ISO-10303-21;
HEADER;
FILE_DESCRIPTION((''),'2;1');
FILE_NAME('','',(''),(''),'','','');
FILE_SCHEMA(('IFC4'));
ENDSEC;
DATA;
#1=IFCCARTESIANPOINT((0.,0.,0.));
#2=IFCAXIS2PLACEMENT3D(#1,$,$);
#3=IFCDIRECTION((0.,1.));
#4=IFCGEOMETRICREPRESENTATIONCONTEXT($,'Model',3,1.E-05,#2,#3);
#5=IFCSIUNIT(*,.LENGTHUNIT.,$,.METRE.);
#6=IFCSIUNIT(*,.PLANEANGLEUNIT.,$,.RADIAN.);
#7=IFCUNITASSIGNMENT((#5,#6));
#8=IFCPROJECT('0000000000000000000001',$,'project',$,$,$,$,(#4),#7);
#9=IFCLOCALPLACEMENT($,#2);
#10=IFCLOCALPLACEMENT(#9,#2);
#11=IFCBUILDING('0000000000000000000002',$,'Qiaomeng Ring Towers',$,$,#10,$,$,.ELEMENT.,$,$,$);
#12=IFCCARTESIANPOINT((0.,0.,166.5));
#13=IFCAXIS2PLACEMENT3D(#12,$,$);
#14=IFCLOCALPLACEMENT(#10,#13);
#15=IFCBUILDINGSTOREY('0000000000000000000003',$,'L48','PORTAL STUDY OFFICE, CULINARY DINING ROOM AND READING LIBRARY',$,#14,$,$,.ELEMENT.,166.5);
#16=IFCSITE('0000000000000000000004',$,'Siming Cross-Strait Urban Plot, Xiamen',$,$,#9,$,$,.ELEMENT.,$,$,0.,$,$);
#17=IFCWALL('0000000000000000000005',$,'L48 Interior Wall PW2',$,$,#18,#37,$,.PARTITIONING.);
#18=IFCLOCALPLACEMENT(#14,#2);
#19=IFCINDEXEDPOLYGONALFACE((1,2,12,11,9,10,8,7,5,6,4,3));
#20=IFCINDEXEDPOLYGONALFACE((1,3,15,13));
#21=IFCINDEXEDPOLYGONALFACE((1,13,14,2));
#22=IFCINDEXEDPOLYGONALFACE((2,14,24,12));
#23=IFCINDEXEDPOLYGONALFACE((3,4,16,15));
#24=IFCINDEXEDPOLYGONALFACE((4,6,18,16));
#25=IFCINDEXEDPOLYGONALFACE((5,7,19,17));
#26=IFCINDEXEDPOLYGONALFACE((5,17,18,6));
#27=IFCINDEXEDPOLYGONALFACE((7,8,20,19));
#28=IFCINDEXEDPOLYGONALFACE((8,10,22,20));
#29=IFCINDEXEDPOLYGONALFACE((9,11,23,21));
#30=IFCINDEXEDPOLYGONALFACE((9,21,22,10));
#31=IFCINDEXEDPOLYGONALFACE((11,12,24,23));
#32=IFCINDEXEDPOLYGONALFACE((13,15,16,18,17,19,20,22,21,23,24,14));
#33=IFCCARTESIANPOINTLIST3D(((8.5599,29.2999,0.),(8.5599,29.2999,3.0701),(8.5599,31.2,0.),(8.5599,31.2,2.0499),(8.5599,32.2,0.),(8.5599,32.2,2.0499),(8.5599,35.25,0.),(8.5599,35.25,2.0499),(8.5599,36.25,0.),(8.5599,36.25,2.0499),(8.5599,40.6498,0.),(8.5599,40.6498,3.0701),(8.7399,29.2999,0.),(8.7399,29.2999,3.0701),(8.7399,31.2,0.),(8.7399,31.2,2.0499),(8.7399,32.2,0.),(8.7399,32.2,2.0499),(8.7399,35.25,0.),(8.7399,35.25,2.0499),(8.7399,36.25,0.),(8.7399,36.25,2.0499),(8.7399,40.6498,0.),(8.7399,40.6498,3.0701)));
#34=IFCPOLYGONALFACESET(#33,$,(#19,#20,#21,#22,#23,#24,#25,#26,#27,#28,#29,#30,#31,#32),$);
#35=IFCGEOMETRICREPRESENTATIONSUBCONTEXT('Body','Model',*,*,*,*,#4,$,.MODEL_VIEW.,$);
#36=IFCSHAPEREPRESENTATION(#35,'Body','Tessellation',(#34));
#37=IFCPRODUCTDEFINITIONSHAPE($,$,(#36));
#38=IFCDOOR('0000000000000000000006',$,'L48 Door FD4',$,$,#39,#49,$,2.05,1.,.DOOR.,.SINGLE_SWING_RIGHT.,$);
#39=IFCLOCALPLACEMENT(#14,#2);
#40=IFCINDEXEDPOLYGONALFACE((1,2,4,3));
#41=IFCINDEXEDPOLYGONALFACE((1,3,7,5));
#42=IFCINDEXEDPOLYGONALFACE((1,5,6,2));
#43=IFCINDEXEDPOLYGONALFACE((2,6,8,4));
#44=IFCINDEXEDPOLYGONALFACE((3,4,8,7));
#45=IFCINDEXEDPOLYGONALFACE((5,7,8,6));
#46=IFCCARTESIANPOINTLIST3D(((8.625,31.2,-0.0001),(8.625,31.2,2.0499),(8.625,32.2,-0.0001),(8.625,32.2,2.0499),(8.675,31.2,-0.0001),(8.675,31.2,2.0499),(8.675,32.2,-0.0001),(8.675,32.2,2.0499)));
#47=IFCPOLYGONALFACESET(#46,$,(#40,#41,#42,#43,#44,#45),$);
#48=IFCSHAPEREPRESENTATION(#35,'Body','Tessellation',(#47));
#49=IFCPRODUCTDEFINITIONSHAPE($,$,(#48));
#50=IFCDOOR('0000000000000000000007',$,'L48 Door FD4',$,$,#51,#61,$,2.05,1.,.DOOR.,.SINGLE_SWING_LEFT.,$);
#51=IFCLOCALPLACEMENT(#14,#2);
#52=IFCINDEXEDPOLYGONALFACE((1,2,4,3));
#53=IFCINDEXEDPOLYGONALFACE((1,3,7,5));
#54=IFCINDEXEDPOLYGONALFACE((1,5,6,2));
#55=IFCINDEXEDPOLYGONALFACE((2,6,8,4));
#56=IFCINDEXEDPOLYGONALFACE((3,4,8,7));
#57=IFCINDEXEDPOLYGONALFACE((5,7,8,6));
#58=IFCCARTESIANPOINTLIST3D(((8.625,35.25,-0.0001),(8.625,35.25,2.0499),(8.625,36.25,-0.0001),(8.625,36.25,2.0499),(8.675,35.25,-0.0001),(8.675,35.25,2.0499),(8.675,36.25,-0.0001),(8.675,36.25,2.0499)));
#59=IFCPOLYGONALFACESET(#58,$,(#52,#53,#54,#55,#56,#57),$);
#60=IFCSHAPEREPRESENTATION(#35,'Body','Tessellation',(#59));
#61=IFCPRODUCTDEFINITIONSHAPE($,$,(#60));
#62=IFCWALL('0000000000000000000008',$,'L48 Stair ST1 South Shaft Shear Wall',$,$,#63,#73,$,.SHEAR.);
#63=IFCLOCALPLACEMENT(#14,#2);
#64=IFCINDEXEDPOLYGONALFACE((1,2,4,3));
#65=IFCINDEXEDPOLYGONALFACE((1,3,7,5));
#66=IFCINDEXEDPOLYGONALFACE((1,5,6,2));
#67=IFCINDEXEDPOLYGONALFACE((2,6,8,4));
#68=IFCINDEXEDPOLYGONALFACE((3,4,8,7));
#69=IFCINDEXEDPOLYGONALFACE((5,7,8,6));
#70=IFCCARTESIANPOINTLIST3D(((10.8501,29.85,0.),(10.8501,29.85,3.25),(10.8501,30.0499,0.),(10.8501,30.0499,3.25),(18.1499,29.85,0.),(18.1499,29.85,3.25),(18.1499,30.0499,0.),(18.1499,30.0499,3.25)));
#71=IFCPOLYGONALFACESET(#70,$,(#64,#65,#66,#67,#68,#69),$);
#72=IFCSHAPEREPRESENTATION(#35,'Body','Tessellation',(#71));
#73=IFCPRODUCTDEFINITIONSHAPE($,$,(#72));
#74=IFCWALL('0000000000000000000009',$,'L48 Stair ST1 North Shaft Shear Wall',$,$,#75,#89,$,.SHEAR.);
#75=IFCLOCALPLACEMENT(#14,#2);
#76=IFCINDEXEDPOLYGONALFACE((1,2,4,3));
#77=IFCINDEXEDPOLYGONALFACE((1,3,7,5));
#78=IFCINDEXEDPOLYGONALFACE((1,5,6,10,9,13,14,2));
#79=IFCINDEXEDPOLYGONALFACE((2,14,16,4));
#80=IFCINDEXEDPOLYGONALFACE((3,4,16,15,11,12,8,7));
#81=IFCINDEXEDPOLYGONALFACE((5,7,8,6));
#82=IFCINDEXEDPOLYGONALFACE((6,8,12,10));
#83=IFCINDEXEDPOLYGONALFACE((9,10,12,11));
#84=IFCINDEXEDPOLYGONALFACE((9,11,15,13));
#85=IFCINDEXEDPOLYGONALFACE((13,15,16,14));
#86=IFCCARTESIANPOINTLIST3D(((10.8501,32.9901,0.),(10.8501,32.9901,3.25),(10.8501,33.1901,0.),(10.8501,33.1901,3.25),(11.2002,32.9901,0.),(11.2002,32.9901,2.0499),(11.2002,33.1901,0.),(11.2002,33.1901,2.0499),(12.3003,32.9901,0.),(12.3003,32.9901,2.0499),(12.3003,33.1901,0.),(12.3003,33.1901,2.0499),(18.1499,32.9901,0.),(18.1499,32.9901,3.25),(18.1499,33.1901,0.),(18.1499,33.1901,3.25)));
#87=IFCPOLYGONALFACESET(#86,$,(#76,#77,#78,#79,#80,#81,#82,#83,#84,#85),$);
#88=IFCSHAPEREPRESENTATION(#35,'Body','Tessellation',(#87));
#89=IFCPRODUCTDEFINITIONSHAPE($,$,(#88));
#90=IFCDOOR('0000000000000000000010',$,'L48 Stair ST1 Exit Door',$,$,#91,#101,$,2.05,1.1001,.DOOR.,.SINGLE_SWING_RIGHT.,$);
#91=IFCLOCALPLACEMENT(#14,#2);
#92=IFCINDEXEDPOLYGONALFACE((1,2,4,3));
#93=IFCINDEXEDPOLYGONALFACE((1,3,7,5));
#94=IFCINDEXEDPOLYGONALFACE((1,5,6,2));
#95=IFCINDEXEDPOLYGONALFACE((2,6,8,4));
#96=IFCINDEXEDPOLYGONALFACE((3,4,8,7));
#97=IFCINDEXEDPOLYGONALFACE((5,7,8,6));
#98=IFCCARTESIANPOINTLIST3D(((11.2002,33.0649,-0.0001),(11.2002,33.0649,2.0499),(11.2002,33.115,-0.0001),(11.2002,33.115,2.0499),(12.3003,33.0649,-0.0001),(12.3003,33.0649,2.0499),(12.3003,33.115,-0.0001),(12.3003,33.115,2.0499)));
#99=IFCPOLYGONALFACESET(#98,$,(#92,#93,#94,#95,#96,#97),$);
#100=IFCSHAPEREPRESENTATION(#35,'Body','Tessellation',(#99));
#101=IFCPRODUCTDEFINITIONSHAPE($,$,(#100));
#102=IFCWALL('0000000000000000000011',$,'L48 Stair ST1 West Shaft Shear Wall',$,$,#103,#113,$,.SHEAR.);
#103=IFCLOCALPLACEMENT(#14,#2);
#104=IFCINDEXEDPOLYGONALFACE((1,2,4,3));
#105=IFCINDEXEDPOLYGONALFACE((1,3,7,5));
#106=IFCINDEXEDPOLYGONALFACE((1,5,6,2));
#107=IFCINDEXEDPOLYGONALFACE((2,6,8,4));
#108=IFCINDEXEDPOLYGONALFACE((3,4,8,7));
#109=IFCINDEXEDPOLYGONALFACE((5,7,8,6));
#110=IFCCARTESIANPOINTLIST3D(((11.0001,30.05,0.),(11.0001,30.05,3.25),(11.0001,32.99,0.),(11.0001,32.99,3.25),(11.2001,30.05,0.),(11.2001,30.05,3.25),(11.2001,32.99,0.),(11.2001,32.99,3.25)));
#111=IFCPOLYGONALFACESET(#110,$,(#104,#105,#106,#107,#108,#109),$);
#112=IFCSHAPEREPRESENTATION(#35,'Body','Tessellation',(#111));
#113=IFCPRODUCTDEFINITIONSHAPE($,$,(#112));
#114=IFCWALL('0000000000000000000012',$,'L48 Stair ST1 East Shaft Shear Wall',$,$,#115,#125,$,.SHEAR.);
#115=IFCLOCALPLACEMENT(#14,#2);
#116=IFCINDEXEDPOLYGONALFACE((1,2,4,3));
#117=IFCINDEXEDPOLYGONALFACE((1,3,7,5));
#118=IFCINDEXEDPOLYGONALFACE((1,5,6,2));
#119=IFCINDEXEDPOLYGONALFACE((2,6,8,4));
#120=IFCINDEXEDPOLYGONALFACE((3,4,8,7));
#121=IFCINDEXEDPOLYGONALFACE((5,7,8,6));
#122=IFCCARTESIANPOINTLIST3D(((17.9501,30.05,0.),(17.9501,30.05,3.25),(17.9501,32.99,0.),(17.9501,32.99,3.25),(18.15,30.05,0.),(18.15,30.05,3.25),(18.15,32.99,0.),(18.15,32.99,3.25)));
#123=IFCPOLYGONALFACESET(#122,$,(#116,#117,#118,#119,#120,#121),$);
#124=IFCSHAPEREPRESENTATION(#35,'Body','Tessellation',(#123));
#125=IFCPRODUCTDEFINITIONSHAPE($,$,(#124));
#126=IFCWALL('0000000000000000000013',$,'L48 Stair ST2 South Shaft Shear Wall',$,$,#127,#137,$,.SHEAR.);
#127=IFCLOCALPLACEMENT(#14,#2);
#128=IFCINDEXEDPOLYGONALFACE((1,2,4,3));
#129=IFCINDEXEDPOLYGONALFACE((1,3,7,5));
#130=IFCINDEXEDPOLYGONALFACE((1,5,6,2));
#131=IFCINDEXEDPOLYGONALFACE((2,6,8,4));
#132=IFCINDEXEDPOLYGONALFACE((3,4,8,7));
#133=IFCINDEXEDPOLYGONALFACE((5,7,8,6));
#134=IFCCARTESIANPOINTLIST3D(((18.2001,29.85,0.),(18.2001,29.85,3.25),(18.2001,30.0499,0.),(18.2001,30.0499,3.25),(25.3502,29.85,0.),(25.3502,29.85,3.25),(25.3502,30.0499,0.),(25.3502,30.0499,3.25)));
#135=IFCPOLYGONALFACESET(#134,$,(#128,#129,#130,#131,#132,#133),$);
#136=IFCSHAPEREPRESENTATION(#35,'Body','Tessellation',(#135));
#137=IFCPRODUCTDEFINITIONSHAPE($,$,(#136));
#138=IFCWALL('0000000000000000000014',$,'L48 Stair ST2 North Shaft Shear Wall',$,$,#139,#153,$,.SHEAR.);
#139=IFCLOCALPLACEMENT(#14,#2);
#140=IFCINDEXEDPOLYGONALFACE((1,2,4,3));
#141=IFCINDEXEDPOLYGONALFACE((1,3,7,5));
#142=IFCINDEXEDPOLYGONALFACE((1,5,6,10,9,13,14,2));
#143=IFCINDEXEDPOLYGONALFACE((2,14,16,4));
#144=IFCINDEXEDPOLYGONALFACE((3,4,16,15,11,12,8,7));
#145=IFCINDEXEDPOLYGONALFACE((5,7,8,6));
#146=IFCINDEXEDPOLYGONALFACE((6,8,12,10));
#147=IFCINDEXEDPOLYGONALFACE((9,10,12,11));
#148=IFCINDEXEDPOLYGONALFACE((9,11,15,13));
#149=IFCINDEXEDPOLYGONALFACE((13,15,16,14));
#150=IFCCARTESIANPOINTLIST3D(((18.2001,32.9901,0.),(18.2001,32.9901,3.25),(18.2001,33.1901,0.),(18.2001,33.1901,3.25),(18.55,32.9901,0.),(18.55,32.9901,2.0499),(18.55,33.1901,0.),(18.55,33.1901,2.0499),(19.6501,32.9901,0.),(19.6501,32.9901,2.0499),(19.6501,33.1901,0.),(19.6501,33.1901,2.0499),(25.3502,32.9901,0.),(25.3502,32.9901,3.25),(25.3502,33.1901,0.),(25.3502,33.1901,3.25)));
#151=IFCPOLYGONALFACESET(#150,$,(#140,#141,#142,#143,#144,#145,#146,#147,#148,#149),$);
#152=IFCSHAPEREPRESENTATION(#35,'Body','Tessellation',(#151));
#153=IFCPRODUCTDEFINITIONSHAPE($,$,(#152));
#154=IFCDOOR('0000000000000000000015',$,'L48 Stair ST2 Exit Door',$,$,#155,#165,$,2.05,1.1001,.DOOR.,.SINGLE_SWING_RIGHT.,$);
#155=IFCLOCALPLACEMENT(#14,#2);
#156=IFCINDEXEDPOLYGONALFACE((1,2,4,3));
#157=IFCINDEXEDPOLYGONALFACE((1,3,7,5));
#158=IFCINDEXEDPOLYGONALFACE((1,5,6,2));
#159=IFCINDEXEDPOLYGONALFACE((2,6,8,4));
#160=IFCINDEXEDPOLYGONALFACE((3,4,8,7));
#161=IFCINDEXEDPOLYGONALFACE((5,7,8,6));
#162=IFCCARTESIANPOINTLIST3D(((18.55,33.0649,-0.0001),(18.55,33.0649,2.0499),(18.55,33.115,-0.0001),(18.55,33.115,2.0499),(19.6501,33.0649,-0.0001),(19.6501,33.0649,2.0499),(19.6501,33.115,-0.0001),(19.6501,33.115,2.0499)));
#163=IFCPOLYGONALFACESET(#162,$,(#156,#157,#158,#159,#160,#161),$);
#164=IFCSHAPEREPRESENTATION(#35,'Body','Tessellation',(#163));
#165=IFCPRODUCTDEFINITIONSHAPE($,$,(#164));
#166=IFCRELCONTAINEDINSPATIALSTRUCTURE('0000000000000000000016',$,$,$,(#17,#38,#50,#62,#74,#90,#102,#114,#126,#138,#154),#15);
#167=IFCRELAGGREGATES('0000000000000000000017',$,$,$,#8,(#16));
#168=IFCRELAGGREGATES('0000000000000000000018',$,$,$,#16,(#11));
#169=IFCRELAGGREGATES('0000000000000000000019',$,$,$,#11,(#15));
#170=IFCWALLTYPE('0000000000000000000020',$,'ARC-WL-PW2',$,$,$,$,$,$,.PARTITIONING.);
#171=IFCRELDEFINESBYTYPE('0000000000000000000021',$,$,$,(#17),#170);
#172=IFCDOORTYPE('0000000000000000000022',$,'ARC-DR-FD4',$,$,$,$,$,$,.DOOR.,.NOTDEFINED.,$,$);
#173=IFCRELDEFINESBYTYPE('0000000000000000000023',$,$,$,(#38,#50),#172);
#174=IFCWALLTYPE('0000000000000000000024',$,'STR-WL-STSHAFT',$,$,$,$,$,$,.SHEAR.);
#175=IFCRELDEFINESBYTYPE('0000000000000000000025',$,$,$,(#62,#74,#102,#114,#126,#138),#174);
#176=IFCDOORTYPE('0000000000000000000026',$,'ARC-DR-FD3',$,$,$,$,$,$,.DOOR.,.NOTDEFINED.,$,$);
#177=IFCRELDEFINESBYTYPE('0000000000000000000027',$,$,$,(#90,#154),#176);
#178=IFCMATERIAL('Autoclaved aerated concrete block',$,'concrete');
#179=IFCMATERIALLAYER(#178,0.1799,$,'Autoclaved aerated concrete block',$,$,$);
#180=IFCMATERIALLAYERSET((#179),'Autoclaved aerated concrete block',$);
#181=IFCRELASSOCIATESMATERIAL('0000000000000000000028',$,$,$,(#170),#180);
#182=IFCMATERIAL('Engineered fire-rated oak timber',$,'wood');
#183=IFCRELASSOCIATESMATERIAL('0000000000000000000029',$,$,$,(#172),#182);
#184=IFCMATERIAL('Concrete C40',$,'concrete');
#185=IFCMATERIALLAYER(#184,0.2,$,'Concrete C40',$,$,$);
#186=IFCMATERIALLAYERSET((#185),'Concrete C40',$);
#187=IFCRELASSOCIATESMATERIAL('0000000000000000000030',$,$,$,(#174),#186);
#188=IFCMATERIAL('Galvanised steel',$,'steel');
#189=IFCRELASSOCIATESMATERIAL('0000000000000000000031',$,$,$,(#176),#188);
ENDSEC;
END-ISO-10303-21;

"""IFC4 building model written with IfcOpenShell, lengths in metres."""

from ifc_helpers import new_model, si_unit, direction, frame, frame_2d, origin, place, context, subcontext, project, spatial, rectangle, extrude, source, transform, mapped, material, layer, layer_set, type_object, element, fill, save


model = new_model("IFC4")

# Units and contexts
model_context = context("Model", 3, precision=1e-05, world=origin(), true_north=direction((0.0, 1.0)))
body_context = subcontext(model_context, "Body", "Model", "MODEL_VIEW")
ifc_project = project(units=[si_unit("LENGTHUNIT", "METRE"), si_unit("PLANEANGLEUNIT", "RADIAN")], contexts=[model_context])

# Site, building, storey
site_placement = place(None, origin())
site = spatial("IfcSite", under=ifc_project, at=site_placement, Name="Siming Cross-Strait Urban Plot, Xiamen", CompositionType="ELEMENT", RefElevation=0.0)
building_placement = place(site_placement, origin())
building = spatial("IfcBuilding", under=site, at=building_placement, Name="Qiaomeng Ring Towers", CompositionType="ELEMENT")
storey_placement = place(building_placement, frame((0.0, 0.0, 166.5)))
storey = spatial("IfcBuildingStorey", under=building, at=storey_placement, Name="L48", Description="PORTAL STUDY OFFICE, CULINARY DINING ROOM AND READING LIBRARY", CompositionType="ELEMENT", Elevation=166.5)

# Shared definitions
ifc_material_1 = material(Name="Autoclaved aerated concrete block", Category="concrete")

# Wall, openings, doors
ifc_layer_1 = layer(ifc_material_1, 0.1799, Name="Autoclaved aerated concrete block")
ifc_layer_set_1 = layer_set([ifc_layer_1], Name="Autoclaved aerated concrete block")
wall_type_1 = type_object("IfcWallType", Name="ARC-WL-PW2", PredefinedType="PARTITIONING", material=ifc_layer_set_1)
wall_1_placement = place(storey_placement, frame((8.6499, 29.3, 0.0), z_axis=(0.0, 0.0, 1.0), x_axis=(0.0, 1.0, 0.0)))
wall_1 = element("IfcWall", 1, at=wall_1_placement, inside=storey, type_object=wall_type_1, Name="L48 Interior Wall PW2", PredefinedType="PARTITIONING", context=body_context, shape_type="SweptSolid", body=[
    extrude(rectangle(XDim=11.3499, YDim=0.1799, at=frame_2d((5.6748, 0.0))), origin(), (0.0, 0.0, 1.0), 3.0701),
])
opening_1_placement = place(wall_1_placement, frame((1.8999, 0.0, 0.0)))
opening_1 = element("IfcOpeningElement", 2, at=opening_1_placement, cuts=wall_1, PredefinedType="OPENING", context=body_context, shape_type="SweptSolid", body=[
    extrude(rectangle(XDim=1.0, YDim=2.05, at=frame_2d((0.5, 1.0249))), frame((0.0, 0.0999, 0.0), z_axis=(0.0, -1.0, 0.0), x_axis=(1.0, 0.0, 0.0)), (0.0, 0.0, 1.0), 0.2),
])
opening_2_placement = place(wall_1_placement, frame((5.95, 0.0, 0.0)))
opening_2 = element("IfcOpeningElement", 3, at=opening_2_placement, cuts=wall_1, PredefinedType="OPENING", context=body_context, shape_type="SweptSolid", body=[
    extrude(rectangle(XDim=1.0, YDim=2.05, at=frame_2d((0.5, 1.0249))), frame((0.0, 0.0999, 0.0), z_axis=(0.0, -1.0, 0.0), x_axis=(1.0, 0.0, 0.0)), (0.0, 0.0, 1.0), 0.2),
])
ifc_material_2 = material(Name="Engineered fire-rated oak timber", Category="wood")
door_type_1 = type_object("IfcDoorType", Name="ARC-DR-FD4", OperationType="NOTDEFINED", PredefinedType="DOOR", material=ifc_material_2)
shared_shape_1 = source(origin(), body_context, "Body", "SweptSolid", [
    extrude(rectangle(XDim=1.0, YDim=2.05, at=frame_2d((0.5, 1.0249))), frame((0.0, 0.0249, 0.0), z_axis=(0.0, -1.0, 0.0), x_axis=(1.0, 0.0, 0.0)), (0.0, 0.0, 1.0), 0.05),
])
door_1_placement = place(opening_1_placement, origin())
door_1 = element("IfcDoor", 4, at=door_1_placement, inside=storey, type_object=door_type_1, Name="L48 Door FD4", OperationType="SINGLE_SWING_RIGHT", OverallHeight=2.05, OverallWidth=1.0, PredefinedType="DOOR", context=body_context, shape_type="MappedRepresentation", body=[
    mapped(shared_shape_1, transform((0.0, 0.0, 0.0), x_axis=(1.0, 0.0, 0.0), y_axis=(0.0, 1.0, 0.0), z_axis=(0.0, 0.0, 1.0), scale=1.0)),
])
fill(opening_1, door_1)
door_2_placement = place(opening_2_placement, origin())
door_2 = element("IfcDoor", 5, at=door_2_placement, inside=storey, type_object=door_type_1, Name="L48 Door FD4", OperationType="SINGLE_SWING_LEFT", OverallHeight=2.05, OverallWidth=1.0, PredefinedType="DOOR", context=body_context, shape_type="MappedRepresentation", body=[
    mapped(shared_shape_1, transform((0.0, 0.0, 0.0), x_axis=(1.0, 0.0, 0.0), y_axis=(0.0, 1.0, 0.0), z_axis=(0.0, 0.0, 1.0), scale=1.0)),
])
fill(opening_2, door_2)

# Wall
ifc_material_3 = material(Name="Concrete C40", Category="concrete")
ifc_layer_2 = layer(ifc_material_3, 0.2, Name="Concrete C40")
ifc_layer_set_2 = layer_set([ifc_layer_2], Name="Concrete C40")
wall_type_2 = type_object("IfcWallType", Name="STR-WL-STSHAFT", PredefinedType="SHEAR", material=ifc_layer_set_2)
wall_2_placement = place(storey_placement, frame((10.8501, 29.95, 0.0), z_axis=(0.0, 0.0, 1.0), x_axis=(1.0, 0.0, 0.0)))
element("IfcWall", 6, at=wall_2_placement, inside=storey, type_object=wall_type_2, Name="L48 Stair ST1 South Shaft Shear Wall", PredefinedType="SHEAR", context=body_context, shape_type="SweptSolid", body=[
    extrude(rectangle(XDim=7.2998, YDim=0.2, at=frame_2d((3.6499, 0.0))), origin(), (0.0, 0.0, 1.0), 3.25),
])

# Wall, opening, door
wall_3_placement = place(storey_placement, frame((10.8501, 33.0901, 0.0), z_axis=(0.0, 0.0, 1.0), x_axis=(1.0, 0.0, 0.0)))
wall_3 = element("IfcWall", 7, at=wall_3_placement, inside=storey, type_object=wall_type_2, Name="L48 Stair ST1 North Shaft Shear Wall", PredefinedType="SHEAR", context=body_context, shape_type="SweptSolid", body=[
    extrude(rectangle(XDim=7.2998, YDim=0.2, at=frame_2d((3.6499, 0.0))), origin(), (0.0, 0.0, 1.0), 3.25),
])
opening_3_placement = place(wall_3_placement, frame((0.3501, 0.0, 0.0)))
opening_3 = element("IfcOpeningElement", 8, at=opening_3_placement, cuts=wall_3, PredefinedType="OPENING", context=body_context, shape_type="SweptSolid", body=[
    extrude(rectangle(XDim=1.1001, YDim=2.05, at=frame_2d((0.55, 1.0249))), frame((0.0, 0.1099, 0.0), z_axis=(0.0, -1.0, 0.0), x_axis=(1.0, 0.0, 0.0)), (0.0, 0.0, 1.0), 0.22),
])
ifc_material_4 = material(Name="Galvanised steel", Category="steel")
door_type_2 = type_object("IfcDoorType", Name="ARC-DR-FD3", OperationType="NOTDEFINED", PredefinedType="DOOR", material=ifc_material_4)
shared_shape_2 = source(origin(), body_context, "Body", "SweptSolid", [
    extrude(rectangle(XDim=1.1001, YDim=2.05, at=frame_2d((0.55, 1.0249))), frame((0.0, 0.0249, 0.0), z_axis=(0.0, -1.0, 0.0), x_axis=(1.0, 0.0, 0.0)), (0.0, 0.0, 1.0), 0.05),
])
door_3_placement = place(opening_3_placement, origin())
door_3 = element("IfcDoor", 9, at=door_3_placement, inside=storey, type_object=door_type_2, Name="L48 Stair ST1 Exit Door", OperationType="SINGLE_SWING_RIGHT", OverallHeight=2.05, OverallWidth=1.1001, PredefinedType="DOOR", context=body_context, shape_type="MappedRepresentation", body=[
    mapped(shared_shape_2, transform((0.0, 0.0, 0.0), x_axis=(1.0, 0.0, 0.0), y_axis=(0.0, 1.0, 0.0), z_axis=(0.0, 0.0, 1.0), scale=1.0)),
])
fill(opening_3, door_3)

# Walls
for number, where, z_axis, x_axis, name in (
    (10, (11.1001, 30.05, 0.0), (0.0, 0.0, 1.0), (0.0, 1.0, 0.0), "L48 Stair ST1 West Shaft Shear Wall"),
    (11, (18.05, 30.05, 0.0), (0.0, 0.0, 1.0), (0.0, 1.0, 0.0), "L48 Stair ST1 East Shaft Shear Wall"),
):
    element("IfcWall", number, at=place(storey_placement, frame(where, z_axis=z_axis, x_axis=x_axis)), inside=storey, type_object=wall_type_2, Name=name, PredefinedType="SHEAR", context=body_context, shape_type="SweptSolid", body=[
        extrude(rectangle(XDim=2.9399, YDim=0.2, at=frame_2d((1.47, 0.0))), origin(), (0.0, 0.0, 1.0), 3.25),
    ])
wall_4_placement = place(storey_placement, frame((18.2, 29.95, 0.0), z_axis=(0.0, 0.0, 1.0), x_axis=(1.0, 0.0, 0.0)))
element("IfcWall", 12, at=wall_4_placement, inside=storey, type_object=wall_type_2, Name="L48 Stair ST2 South Shaft Shear Wall", PredefinedType="SHEAR", context=body_context, shape_type="SweptSolid", body=[
    extrude(rectangle(XDim=7.1501, YDim=0.2, at=frame_2d((3.5752, 0.0))), origin(), (0.0, 0.0, 1.0), 3.25),
])

# Wall, opening, door
wall_5_placement = place(storey_placement, frame((18.2, 33.0901, 0.0), z_axis=(0.0, 0.0, 1.0), x_axis=(1.0, 0.0, 0.0)))
wall_5 = element("IfcWall", 13, at=wall_5_placement, inside=storey, type_object=wall_type_2, Name="L48 Stair ST2 North Shaft Shear Wall", PredefinedType="SHEAR", context=body_context, shape_type="SweptSolid", body=[
    extrude(rectangle(XDim=7.1501, YDim=0.2, at=frame_2d((3.5752, 0.0))), origin(), (0.0, 0.0, 1.0), 3.25),
])
opening_4_placement = place(wall_5_placement, frame((0.3501, 0.0, 0.0)))
opening_4 = element("IfcOpeningElement", 14, at=opening_4_placement, cuts=wall_5, PredefinedType="OPENING", context=body_context, shape_type="SweptSolid", body=[
    extrude(rectangle(XDim=1.1001, YDim=2.05, at=frame_2d((0.55, 1.0249))), frame((0.0, 0.1099, 0.0), z_axis=(0.0, -1.0, 0.0), x_axis=(1.0, 0.0, 0.0)), (0.0, 0.0, 1.0), 0.22),
])
door_4_placement = place(opening_4_placement, origin())
door_4 = element("IfcDoor", 15, at=door_4_placement, inside=storey, type_object=door_type_2, Name="L48 Stair ST2 Exit Door", OperationType="SINGLE_SWING_RIGHT", OverallHeight=2.05, OverallWidth=1.1001, PredefinedType="DOOR", context=body_context, shape_type="MappedRepresentation", body=[
    mapped(shared_shape_2, transform((0.0, 0.0, 0.0), x_axis=(1.0, 0.0, 0.0), y_axis=(0.0, 1.0, 0.0), z_axis=(0.0, 0.0, 1.0), scale=1.0)),
])
fill(opening_4, door_4)

save(model, "model.ifc")
